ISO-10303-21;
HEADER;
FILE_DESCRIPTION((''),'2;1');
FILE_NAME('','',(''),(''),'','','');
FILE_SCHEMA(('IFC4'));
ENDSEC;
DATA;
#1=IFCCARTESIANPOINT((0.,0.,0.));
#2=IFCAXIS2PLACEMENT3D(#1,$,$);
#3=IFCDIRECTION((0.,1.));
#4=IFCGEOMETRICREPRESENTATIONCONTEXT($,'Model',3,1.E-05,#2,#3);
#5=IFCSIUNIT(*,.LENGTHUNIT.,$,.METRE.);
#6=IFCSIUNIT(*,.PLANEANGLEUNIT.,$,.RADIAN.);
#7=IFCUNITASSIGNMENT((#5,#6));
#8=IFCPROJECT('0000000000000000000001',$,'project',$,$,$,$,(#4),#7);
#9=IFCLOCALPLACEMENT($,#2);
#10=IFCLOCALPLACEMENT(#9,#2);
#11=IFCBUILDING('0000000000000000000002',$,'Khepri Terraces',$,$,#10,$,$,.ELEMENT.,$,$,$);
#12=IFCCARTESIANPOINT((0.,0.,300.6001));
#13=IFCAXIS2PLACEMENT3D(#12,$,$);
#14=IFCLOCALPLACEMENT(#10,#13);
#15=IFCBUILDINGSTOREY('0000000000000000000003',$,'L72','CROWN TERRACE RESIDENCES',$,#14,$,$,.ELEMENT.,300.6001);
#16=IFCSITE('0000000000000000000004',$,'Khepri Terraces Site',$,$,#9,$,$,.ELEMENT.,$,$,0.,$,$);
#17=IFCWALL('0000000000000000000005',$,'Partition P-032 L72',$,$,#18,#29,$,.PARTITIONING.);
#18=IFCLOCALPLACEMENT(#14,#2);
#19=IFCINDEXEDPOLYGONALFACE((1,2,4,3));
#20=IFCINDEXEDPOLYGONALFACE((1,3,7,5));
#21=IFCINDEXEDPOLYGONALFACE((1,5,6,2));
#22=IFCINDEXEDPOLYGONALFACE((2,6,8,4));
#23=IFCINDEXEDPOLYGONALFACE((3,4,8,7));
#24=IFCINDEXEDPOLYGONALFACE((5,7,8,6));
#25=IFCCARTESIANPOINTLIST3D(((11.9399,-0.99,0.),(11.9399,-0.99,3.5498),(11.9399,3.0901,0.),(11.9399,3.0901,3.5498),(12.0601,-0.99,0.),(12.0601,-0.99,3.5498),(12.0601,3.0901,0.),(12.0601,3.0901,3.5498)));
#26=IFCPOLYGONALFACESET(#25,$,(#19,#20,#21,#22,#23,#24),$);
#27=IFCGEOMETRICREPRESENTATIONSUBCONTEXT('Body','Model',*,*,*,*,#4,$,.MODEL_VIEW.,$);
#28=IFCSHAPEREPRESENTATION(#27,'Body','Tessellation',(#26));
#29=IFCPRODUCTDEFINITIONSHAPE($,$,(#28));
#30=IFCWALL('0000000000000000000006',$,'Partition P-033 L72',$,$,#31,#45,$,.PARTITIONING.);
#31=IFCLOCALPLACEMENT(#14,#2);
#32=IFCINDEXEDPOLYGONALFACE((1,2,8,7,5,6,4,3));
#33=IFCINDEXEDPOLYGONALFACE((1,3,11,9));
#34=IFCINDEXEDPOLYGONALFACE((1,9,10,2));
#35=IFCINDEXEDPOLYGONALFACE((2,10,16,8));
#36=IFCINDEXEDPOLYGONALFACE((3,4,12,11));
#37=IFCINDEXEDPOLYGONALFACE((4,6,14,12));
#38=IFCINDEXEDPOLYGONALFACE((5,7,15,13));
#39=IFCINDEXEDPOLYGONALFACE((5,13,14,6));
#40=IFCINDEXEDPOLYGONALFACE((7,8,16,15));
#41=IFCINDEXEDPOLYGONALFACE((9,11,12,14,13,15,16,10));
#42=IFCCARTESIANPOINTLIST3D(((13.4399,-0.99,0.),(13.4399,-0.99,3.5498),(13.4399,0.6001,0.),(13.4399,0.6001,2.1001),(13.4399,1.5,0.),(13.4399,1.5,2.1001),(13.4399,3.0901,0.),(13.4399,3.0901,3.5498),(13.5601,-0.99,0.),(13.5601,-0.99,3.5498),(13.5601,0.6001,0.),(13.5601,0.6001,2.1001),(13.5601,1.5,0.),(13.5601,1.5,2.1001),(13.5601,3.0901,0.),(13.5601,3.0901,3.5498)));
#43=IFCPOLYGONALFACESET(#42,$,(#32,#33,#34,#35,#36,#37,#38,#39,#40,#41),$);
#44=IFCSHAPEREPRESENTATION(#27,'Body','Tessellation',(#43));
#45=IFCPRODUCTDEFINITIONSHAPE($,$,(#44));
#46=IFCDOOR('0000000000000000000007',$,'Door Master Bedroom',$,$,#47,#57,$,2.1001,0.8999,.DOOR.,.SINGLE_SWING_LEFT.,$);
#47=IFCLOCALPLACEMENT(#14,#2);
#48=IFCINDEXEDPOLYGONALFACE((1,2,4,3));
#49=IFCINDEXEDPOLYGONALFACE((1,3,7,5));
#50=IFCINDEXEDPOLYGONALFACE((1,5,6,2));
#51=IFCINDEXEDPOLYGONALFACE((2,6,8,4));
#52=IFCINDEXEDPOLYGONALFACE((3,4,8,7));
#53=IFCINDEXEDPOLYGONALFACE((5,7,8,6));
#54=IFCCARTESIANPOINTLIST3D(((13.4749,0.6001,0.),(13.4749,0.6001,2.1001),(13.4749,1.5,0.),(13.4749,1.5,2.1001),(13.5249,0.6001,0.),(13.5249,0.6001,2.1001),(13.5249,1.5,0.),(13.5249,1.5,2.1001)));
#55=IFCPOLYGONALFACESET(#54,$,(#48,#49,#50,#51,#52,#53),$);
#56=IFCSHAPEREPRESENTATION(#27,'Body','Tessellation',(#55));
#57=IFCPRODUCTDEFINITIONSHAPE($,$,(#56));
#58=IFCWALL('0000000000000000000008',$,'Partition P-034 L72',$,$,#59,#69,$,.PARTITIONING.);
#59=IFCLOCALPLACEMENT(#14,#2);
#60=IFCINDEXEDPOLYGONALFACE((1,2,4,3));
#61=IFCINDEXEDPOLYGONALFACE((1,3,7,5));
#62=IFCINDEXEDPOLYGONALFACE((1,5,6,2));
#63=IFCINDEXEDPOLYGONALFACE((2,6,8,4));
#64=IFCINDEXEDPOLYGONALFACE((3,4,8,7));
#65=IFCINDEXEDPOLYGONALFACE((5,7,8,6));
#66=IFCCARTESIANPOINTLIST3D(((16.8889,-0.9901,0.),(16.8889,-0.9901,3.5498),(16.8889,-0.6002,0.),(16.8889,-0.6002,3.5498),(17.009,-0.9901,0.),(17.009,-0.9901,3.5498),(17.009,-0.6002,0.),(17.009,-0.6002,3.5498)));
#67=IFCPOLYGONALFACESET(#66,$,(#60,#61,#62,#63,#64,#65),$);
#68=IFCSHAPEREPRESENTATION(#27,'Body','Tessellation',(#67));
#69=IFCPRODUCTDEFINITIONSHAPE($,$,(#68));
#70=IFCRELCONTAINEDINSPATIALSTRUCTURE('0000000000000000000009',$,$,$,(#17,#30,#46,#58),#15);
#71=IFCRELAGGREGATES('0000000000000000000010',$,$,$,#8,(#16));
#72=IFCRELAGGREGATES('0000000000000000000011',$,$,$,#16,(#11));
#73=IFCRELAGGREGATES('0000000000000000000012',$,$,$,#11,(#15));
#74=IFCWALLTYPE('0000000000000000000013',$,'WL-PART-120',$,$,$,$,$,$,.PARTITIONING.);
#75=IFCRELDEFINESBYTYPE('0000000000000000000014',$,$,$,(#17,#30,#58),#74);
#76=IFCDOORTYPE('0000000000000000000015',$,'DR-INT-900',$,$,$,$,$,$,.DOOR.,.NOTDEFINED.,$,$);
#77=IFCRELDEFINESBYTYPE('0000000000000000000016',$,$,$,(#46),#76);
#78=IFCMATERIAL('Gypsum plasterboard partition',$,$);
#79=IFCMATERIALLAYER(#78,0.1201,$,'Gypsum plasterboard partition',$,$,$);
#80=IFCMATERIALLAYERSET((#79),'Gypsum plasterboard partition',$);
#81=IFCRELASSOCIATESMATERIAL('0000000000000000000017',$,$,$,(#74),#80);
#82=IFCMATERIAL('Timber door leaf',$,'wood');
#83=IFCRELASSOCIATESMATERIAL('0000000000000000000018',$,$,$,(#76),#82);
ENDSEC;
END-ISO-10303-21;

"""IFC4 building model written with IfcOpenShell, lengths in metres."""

from ifc_helpers import new_model, si_unit, direction, frame, frame_2d, origin, place, context, subcontext, project, spatial, rectangle, extrude, material, layer, layer_set, type_object, element, fill, save


model = new_model("IFC4")

# Units and contexts
model_context = context("Model", 3, precision=1e-05, world=origin(), true_north=direction((0.0, 1.0)))
body_context = subcontext(model_context, "Body", "Model", "MODEL_VIEW")
ifc_project = project(units=[si_unit("LENGTHUNIT", "METRE"), si_unit("PLANEANGLEUNIT", "RADIAN")], contexts=[model_context])

# Site, building, storey
site_placement = place(None, origin())
site = spatial("IfcSite", under=ifc_project, at=site_placement, Name="Khepri Terraces Site", CompositionType="ELEMENT", RefElevation=0.0)
building_placement = place(site_placement, origin())
building = spatial("IfcBuilding", under=site, at=building_placement, Name="Khepri Terraces", CompositionType="ELEMENT")
storey_placement = place(building_placement, frame((0.0, 0.0, 300.6001)))
storey = spatial("IfcBuildingStorey", under=building, at=storey_placement, Name="L72", Description="CROWN TERRACE RESIDENCES", CompositionType="ELEMENT", Elevation=300.6001)

# Shared definitions
ifc_material_1 = material(Name="Gypsum plasterboard partition")
ifc_layer_1 = layer(ifc_material_1, 0.1201, Name="Gypsum plasterboard partition")
ifc_layer_set_1 = layer_set([ifc_layer_1], Name="Gypsum plasterboard partition")
wall_type_1 = type_object("IfcWallType", Name="WL-PART-120", PredefinedType="PARTITIONING", material=ifc_layer_set_1)

# Shared definitions
ifc_material_2 = material(Name="Timber door leaf", Category="wood")
door_type_1 = type_object("IfcDoorType", Name="DR-INT-900", OperationType="NOTDEFINED", PredefinedType="DOOR", material=ifc_material_2)

# Wall
wall_1_placement = place(storey_placement, frame((12.0, -0.99, 0.0), z_axis=(0.0, 0.0, 1.0), x_axis=(0.0, 1.0, 0.0)))
element("IfcWall", 1, at=wall_1_placement, inside=storey, type_object=wall_type_1, Name="Partition P-032 L72", PredefinedType="PARTITIONING", context=body_context, shape_type="SweptSolid", body=[
    extrude(rectangle(XDim=4.0801, YDim=0.1201, at=frame_2d((2.04, 0.0))), origin(), (0.0, 0.0, 1.0), 3.5498),
])

# Wall, opening, door
wall_2_placement = place(storey_placement, frame((13.5, -0.99, 0.0), z_axis=(0.0, 0.0, 1.0), x_axis=(0.0, 1.0, 0.0)))
wall_2 = element("IfcWall", 2, at=wall_2_placement, inside=storey, type_object=wall_type_1, Name="Partition P-033 L72", PredefinedType="PARTITIONING", context=body_context, shape_type="SweptSolid", body=[
    extrude(rectangle(XDim=4.0801, YDim=0.1201, at=frame_2d((2.04, 0.0))), origin(), (0.0, 0.0, 1.0), 3.5498),
])
opening_1_placement = place(wall_2_placement, frame((1.5901, 0.0, 0.0)))
opening_1 = element("IfcOpeningElement", 3, at=opening_1_placement, cuts=wall_2, PredefinedType="OPENING", context=body_context, shape_type="SweptSolid", body=[
    extrude(rectangle(XDim=0.8999, YDim=2.1001, at=frame_2d((0.45, 1.05))), frame((0.0, 0.0701, 0.0), z_axis=(0.0, -1.0, 0.0), x_axis=(1.0, 0.0, 0.0)), (0.0, 0.0, 1.0), 0.1401),
])
door_1_placement = place(opening_1_placement, frame((0.8999, 0.0, 0.0), z_axis=(0.0, 0.0, 1.0), x_axis=(-1.0, 0.0, 0.0)))
door_1 = element("IfcDoor", 4, at=door_1_placement, inside=storey, type_object=door_type_1, Name="Door Master Bedroom", OperationType="SINGLE_SWING_LEFT", OverallHeight=2.1001, OverallWidth=0.8999, PredefinedType="DOOR", context=body_context, shape_type="SweptSolid", body=[
    extrude(rectangle(XDim=0.8999, YDim=2.1001, at=frame_2d((0.45, 1.05))), frame((0.0, 0.0249, 0.0), z_axis=(0.0, -1.0, 0.0), x_axis=(1.0, 0.0, 0.0)), (0.0, 0.0, 1.0), 0.05),
])
fill(opening_1, door_1)

# Wall
wall_3_placement = place(storey_placement, frame((16.949, -0.99, 0.0), z_axis=(0.0, 0.0, 1.0), x_axis=(0.0, 1.0, 0.0)))
element("IfcWall", 5, at=wall_3_placement, inside=storey, type_object=wall_type_1, Name="Partition P-034 L72", PredefinedType="PARTITIONING", context=body_context, shape_type="SweptSolid", body=[
    extrude(rectangle(XDim=0.3899, YDim=0.1201, at=frame_2d((0.1948, 0.0))), origin(), (0.0, 0.0, 1.0), 3.5498),
])

save(model, "model.ifc")
